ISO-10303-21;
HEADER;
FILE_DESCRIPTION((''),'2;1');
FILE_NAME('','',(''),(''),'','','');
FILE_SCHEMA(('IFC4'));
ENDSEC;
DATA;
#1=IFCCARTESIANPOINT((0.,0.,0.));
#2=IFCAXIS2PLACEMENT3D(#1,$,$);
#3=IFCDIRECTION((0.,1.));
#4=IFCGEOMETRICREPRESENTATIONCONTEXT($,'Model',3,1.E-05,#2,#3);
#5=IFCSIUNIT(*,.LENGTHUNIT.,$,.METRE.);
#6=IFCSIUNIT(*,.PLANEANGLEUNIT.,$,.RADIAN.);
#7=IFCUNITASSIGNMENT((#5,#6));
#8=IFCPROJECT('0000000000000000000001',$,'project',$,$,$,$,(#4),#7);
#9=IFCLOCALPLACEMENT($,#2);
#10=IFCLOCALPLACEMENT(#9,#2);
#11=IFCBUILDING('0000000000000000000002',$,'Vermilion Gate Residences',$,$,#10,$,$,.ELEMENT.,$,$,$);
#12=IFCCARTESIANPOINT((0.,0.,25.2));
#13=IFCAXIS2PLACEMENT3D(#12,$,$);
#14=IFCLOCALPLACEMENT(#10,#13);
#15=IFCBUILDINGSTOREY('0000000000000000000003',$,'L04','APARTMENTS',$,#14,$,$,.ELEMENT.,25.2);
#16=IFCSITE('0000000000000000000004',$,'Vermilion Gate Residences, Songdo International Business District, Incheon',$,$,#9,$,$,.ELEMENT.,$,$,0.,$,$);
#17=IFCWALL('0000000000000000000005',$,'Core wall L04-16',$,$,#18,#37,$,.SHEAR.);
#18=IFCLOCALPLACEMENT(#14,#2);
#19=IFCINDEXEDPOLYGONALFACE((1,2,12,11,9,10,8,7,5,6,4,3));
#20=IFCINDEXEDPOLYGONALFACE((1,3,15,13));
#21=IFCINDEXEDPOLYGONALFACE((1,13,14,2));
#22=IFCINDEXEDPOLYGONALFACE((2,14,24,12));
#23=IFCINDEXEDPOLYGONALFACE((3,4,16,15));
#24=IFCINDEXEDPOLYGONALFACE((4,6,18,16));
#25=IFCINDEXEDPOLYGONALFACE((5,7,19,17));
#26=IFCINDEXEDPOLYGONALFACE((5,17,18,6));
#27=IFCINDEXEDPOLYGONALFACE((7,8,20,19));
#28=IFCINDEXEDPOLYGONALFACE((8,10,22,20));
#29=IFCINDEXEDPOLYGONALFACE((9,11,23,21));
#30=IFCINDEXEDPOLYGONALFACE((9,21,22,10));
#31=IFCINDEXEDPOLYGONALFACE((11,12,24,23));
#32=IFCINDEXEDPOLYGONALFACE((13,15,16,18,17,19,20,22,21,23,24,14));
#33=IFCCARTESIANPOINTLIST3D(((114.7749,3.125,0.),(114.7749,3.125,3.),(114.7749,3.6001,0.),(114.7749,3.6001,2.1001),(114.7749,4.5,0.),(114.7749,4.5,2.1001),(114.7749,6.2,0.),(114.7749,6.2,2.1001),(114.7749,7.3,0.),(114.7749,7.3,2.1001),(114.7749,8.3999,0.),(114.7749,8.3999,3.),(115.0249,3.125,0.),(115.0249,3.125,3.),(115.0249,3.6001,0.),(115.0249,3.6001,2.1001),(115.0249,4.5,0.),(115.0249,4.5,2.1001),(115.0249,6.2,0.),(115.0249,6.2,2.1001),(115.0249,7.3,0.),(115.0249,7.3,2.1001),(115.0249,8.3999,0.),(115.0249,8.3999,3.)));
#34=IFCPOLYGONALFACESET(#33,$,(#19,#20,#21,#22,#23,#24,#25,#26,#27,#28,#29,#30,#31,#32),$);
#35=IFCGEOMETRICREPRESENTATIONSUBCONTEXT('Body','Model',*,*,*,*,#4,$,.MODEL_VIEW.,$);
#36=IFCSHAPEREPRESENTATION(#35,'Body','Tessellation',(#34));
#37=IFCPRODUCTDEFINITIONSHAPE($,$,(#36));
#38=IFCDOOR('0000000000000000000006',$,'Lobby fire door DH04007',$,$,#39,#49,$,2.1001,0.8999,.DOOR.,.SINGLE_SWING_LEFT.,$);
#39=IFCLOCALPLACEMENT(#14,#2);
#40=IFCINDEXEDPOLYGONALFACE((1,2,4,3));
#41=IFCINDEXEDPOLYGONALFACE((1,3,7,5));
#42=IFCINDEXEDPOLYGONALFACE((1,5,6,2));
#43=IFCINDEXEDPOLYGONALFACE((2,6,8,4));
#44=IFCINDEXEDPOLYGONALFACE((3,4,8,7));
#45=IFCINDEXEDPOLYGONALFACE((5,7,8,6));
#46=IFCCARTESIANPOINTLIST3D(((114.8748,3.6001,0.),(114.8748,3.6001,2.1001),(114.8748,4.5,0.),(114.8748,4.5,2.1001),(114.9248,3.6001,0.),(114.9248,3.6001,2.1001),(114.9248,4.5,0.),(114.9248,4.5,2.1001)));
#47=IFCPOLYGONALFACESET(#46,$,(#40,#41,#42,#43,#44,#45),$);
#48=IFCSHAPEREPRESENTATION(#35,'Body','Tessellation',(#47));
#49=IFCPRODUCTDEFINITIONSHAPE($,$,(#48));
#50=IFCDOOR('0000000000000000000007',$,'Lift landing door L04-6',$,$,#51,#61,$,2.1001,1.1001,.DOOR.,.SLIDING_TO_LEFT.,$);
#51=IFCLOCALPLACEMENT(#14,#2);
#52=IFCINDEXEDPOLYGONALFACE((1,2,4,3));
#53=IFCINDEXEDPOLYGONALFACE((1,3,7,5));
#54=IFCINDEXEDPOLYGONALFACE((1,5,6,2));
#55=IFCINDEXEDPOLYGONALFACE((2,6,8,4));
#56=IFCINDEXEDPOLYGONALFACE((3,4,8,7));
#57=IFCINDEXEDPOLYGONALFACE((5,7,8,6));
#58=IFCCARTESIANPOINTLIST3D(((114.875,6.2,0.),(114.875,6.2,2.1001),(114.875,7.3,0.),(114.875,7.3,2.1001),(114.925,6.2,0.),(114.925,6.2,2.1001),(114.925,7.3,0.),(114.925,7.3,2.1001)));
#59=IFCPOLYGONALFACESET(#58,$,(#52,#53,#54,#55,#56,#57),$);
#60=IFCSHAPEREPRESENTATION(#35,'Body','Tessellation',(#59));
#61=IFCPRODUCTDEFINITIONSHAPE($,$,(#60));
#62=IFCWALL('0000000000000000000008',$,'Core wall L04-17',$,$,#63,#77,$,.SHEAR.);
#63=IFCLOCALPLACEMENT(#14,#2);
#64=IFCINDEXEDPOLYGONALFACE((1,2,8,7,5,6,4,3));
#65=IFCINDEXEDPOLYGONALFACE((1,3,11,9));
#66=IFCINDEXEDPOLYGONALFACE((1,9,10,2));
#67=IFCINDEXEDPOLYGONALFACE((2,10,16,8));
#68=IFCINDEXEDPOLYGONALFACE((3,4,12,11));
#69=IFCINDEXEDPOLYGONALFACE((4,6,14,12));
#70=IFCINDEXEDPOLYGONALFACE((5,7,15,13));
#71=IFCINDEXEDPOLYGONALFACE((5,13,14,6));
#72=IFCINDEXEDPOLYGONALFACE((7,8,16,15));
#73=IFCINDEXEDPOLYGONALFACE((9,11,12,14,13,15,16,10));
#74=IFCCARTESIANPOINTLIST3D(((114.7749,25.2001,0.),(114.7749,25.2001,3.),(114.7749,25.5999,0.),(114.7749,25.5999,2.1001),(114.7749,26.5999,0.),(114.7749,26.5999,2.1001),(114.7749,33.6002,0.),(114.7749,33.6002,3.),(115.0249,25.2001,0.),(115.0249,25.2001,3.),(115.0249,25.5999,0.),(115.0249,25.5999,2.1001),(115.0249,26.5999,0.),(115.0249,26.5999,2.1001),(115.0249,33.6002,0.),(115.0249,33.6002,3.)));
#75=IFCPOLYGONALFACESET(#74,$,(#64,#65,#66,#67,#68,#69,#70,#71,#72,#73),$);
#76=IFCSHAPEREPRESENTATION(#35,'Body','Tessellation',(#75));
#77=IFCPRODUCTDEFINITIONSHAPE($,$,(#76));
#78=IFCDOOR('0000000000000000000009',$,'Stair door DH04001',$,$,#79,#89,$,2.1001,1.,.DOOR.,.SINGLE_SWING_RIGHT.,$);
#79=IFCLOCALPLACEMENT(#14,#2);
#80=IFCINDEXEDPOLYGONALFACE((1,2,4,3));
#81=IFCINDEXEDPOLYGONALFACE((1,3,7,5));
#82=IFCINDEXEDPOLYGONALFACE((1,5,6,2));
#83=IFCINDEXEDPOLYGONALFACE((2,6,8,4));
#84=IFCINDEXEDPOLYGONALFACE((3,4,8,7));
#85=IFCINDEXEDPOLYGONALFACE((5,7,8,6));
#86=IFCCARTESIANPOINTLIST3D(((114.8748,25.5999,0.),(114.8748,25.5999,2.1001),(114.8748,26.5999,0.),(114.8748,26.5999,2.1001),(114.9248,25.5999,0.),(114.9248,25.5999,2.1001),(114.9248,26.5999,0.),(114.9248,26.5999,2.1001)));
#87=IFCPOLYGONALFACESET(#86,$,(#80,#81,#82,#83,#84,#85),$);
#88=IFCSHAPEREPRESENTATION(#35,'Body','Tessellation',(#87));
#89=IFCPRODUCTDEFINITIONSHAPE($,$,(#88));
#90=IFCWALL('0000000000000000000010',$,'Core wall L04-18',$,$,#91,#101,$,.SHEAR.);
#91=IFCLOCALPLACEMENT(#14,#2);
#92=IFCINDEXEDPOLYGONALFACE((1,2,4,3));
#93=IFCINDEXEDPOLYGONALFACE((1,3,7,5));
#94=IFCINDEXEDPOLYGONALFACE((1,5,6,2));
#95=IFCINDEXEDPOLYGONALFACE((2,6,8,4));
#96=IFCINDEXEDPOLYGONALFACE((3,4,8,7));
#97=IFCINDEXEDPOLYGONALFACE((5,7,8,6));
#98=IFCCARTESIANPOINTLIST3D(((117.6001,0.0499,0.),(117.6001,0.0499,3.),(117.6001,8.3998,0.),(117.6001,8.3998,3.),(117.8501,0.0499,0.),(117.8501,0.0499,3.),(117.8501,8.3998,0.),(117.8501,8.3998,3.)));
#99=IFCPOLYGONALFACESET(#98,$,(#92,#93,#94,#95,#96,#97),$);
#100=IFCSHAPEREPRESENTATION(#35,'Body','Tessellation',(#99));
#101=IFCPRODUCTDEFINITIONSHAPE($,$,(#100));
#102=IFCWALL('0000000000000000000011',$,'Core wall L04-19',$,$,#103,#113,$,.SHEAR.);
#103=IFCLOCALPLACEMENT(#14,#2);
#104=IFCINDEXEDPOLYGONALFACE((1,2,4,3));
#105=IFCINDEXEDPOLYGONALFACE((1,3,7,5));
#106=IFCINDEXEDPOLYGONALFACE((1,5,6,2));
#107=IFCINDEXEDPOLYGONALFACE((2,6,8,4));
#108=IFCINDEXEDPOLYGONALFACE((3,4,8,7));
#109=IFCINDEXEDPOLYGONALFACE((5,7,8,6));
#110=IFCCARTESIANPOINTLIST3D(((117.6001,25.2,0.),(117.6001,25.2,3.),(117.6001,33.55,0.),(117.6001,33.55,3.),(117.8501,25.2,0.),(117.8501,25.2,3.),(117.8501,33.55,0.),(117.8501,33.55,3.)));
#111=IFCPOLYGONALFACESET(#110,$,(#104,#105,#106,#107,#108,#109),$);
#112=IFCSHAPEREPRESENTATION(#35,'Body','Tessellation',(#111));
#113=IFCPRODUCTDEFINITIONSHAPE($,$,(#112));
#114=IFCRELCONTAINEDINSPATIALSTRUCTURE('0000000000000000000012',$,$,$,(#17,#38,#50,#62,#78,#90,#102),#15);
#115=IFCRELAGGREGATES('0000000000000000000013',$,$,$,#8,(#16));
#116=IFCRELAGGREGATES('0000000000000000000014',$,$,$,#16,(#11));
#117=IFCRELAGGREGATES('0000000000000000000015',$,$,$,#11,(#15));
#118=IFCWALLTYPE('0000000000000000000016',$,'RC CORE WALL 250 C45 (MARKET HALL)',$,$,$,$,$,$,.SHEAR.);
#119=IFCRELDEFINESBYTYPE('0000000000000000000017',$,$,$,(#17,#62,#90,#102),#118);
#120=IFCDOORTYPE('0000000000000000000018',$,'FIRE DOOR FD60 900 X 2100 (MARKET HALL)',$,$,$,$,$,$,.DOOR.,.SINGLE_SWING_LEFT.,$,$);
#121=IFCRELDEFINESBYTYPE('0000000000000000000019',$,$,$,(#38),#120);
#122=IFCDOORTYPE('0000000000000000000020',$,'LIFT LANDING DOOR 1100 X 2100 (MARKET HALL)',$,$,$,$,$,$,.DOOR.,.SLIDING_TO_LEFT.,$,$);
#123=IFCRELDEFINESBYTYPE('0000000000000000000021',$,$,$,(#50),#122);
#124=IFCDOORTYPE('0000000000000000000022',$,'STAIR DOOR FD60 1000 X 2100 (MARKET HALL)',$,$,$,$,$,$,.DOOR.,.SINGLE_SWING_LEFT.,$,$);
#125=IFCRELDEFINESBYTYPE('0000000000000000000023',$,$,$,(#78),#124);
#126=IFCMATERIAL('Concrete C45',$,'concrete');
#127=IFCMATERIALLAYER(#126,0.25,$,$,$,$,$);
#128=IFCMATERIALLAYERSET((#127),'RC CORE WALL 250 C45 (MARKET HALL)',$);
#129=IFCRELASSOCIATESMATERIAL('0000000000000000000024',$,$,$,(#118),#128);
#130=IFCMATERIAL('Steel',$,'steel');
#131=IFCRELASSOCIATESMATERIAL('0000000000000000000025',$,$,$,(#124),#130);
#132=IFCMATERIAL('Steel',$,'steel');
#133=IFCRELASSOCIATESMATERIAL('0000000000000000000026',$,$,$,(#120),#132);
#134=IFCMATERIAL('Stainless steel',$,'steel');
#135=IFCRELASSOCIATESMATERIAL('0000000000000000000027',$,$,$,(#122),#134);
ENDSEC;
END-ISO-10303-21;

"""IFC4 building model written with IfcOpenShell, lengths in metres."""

from ifc_helpers import new_model, si_unit, direction, frame, frame_2d, origin, place, context, subcontext, project, spatial, rectangle, extrude, material, layer, layer_set, type_object, element, fill, save


model = new_model("IFC4")

# Units and contexts
model_context = context("Model", 3, precision=1e-05, world=origin(), true_north=direction((0.0, 1.0)))
body_context = subcontext(model_context, "Body", "Model", "MODEL_VIEW")
ifc_project = project(units=[si_unit("LENGTHUNIT", "METRE"), si_unit("PLANEANGLEUNIT", "RADIAN")], contexts=[model_context])

# Site, building, storey
site_placement = place(None, origin())
site = spatial("IfcSite", under=ifc_project, at=site_placement, Name="Vermilion Gate Residences, Songdo International Business District, Incheon", CompositionType="ELEMENT", RefElevation=0.0)
building_placement = place(site_placement, origin())
building = spatial("IfcBuilding", under=site, at=building_placement, Name="Vermilion Gate Residences", CompositionType="ELEMENT")
storey_placement = place(building_placement, frame((0.0, 0.0, 25.2)))
storey = spatial("IfcBuildingStorey", under=building, at=storey_placement, Name="L04", Description="APARTMENTS", CompositionType="ELEMENT", Elevation=25.2)

# Shared definitions
ifc_material_1 = material(Name="Concrete C45", Category="concrete")
ifc_layer = layer(ifc_material_1, 0.25)
ifc_layer_set = layer_set([ifc_layer], Name="RC CORE WALL 250 C45 (MARKET HALL)")
wall_type = type_object("IfcWallType", Name="RC CORE WALL 250 C45 (MARKET HALL)", PredefinedType="SHEAR", material=ifc_layer_set)

# Shared definitions
ifc_material_2 = material(Name="Steel", Category="steel")
door_type_1 = type_object("IfcDoorType", Name="STAIR DOOR FD60 1000 X 2100 (MARKET HALL)", OperationType="SINGLE_SWING_LEFT", PredefinedType="DOOR", material=ifc_material_2)

# Wall, openings, doors
wall_1_placement = place(storey_placement, frame((114.8999, 3.125, 0.0), z_axis=(0.0, 0.0, 1.0), x_axis=(0.0, 1.0, 0.0)))
wall_1 = element("IfcWall", 1, at=wall_1_placement, inside=storey, type_object=wall_type, Name="Core wall L04-16", PredefinedType="SHEAR", context=body_context, shape_type="SweptSolid", body=[
    extrude(rectangle(XDim=5.2749, YDim=0.25, at=frame_2d((2.6375, 0.0))), origin(), (0.0, 0.0, 1.0), 3.0),
])
opening_1_placement = place(wall_1_placement, frame((3.075, 0.0, 0.0)))
opening_1 = element("IfcOpeningElement", 2, at=opening_1_placement, cuts=wall_1, PredefinedType="OPENING", context=body_context, shape_type="SweptSolid", body=[
    extrude(rectangle(XDim=1.1001, YDim=2.1001, at=frame_2d((0.55, 1.05))), frame((0.0, 0.135, 0.0), z_axis=(0.0, -1.0, 0.0), x_axis=(1.0, 0.0, 0.0)), (0.0, 0.0, 1.0), 0.27),
])
opening_2_placement = place(wall_1_placement, frame((0.4751, 0.0, 0.0)))
opening_2 = element("IfcOpeningElement", 3, at=opening_2_placement, cuts=wall_1, PredefinedType="OPENING", context=body_context, shape_type="SweptSolid", body=[
    extrude(rectangle(XDim=0.8999, YDim=2.1001, at=frame_2d((0.45, 1.05))), frame((0.0, 0.135, 0.0), z_axis=(0.0, -1.0, 0.0), x_axis=(1.0, 0.0, 0.0)), (0.0, 0.0, 1.0), 0.27),
])
ifc_material_3 = material(Name="Steel", Category="steel")
door_type_2 = type_object("IfcDoorType", Name="FIRE DOOR FD60 900 X 2100 (MARKET HALL)", OperationType="SINGLE_SWING_LEFT", PredefinedType="DOOR", material=ifc_material_3)
door_1_placement = place(opening_2_placement, frame((0.8999, 0.0, 0.0), z_axis=(0.0, 0.0, 1.0), x_axis=(-1.0, 0.0, 0.0)))
door_1 = element("IfcDoor", 4, at=door_1_placement, inside=storey, type_object=door_type_2, Name="Lobby fire door DH04007", OperationType="SINGLE_SWING_LEFT", OverallHeight=2.1001, OverallWidth=0.8999, PredefinedType="DOOR", context=body_context, shape_type="SweptSolid", body=[
    extrude(rectangle(XDim=0.8999, YDim=2.1001, at=frame_2d((0.45, 1.05))), frame((0.0, 0.0249, 0.0), z_axis=(0.0, -1.0, 0.0), x_axis=(1.0, 0.0, 0.0)), (0.0, 0.0, 1.0), 0.05),
])
fill(opening_2, door_1)
ifc_material_4 = material(Name="Stainless steel", Category="steel")
door_type_3 = type_object("IfcDoorType", Name="LIFT LANDING DOOR 1100 X 2100 (MARKET HALL)", OperationType="SLIDING_TO_LEFT", PredefinedType="DOOR", material=ifc_material_4)
door_2_placement = place(opening_1_placement, origin())
door_2 = element("IfcDoor", 5, at=door_2_placement, inside=storey, type_object=door_type_3, Name="Lift landing door L04-6", OperationType="SLIDING_TO_LEFT", OverallHeight=2.1001, OverallWidth=1.1001, PredefinedType="DOOR", context=body_context, shape_type="SweptSolid", body=[
    extrude(rectangle(XDim=1.1001, YDim=2.1001, at=frame_2d((0.55, 1.05))), frame((0.0, 0.0249, 0.0), z_axis=(0.0, -1.0, 0.0), x_axis=(1.0, 0.0, 0.0)), (0.0, 0.0, 1.0), 0.05),
])
fill(opening_1, door_2)

# Wall, opening, door
wall_2_placement = place(storey_placement, frame((114.8999, 25.2, 0.0), z_axis=(0.0, 0.0, 1.0), x_axis=(0.0, 1.0, 0.0)))
wall_2 = element("IfcWall", 6, at=wall_2_placement, inside=storey, type_object=wall_type, Name="Core wall L04-17", PredefinedType="SHEAR", context=body_context, shape_type="SweptSolid", body=[
    extrude(rectangle(XDim=8.4001, YDim=0.25, at=frame_2d((4.2002, 0.0))), origin(), (0.0, 0.0, 1.0), 3.0),
])
opening_3_placement = place(wall_2_placement, frame((0.3999, 0.0, 0.0)))
opening_3 = element("IfcOpeningElement", 7, at=opening_3_placement, cuts=wall_2, PredefinedType="OPENING", context=body_context, shape_type="SweptSolid", body=[
    extrude(rectangle(XDim=1.0, YDim=2.1001, at=frame_2d((0.5, 1.05))), frame((0.0, 0.135, 0.0), z_axis=(0.0, -1.0, 0.0), x_axis=(1.0, 0.0, 0.0)), (0.0, 0.0, 1.0), 0.27),
])
door_3_placement = place(opening_3_placement, frame((1.0, 0.0, 0.0), z_axis=(0.0, 0.0, 1.0), x_axis=(-1.0, 0.0, 0.0)))
door_3 = element("IfcDoor", 8, at=door_3_placement, inside=storey, type_object=door_type_1, Name="Stair door DH04001", OperationType="SINGLE_SWING_RIGHT", OverallHeight=2.1001, OverallWidth=1.0, PredefinedType="DOOR", context=body_context, shape_type="SweptSolid", body=[
    extrude(rectangle(XDim=1.0, YDim=2.1001, at=frame_2d((0.5, 1.05))), frame((0.0, 0.0249, 0.0), z_axis=(0.0, -1.0, 0.0), x_axis=(1.0, 0.0, 0.0)), (0.0, 0.0, 1.0), 0.05),
])
fill(opening_3, door_3)

# Walls
wall_3_placement = place(storey_placement, frame((117.7251, 0.05, 0.0), z_axis=(0.0, 0.0, 1.0), x_axis=(0.0, 1.0, 0.0)))
element("IfcWall", 9, at=wall_3_placement, inside=storey, type_object=wall_type, Name="Core wall L04-18", PredefinedType="SHEAR", context=body_context, shape_type="SweptSolid", body=[
    extrude(rectangle(XDim=8.3499, YDim=0.25, at=frame_2d((4.1748, 0.0))), origin(), (0.0, 0.0, 1.0), 3.0),
])
wall_4_placement = place(storey_placement, frame((117.7251, 25.2, 0.0), z_axis=(0.0, 0.0, 1.0), x_axis=(0.0, 1.0, 0.0)))
element("IfcWall", 10, at=wall_4_placement, inside=storey, type_object=wall_type, Name="Core wall L04-19", PredefinedType="SHEAR", context=body_context, shape_type="SweptSolid", body=[
    extrude(rectangle(XDim=8.3501, YDim=0.25, at=frame_2d((4.175, 0.0))), origin(), (0.0, 0.0, 1.0), 3.0),
])

save(model, "model.ifc")
